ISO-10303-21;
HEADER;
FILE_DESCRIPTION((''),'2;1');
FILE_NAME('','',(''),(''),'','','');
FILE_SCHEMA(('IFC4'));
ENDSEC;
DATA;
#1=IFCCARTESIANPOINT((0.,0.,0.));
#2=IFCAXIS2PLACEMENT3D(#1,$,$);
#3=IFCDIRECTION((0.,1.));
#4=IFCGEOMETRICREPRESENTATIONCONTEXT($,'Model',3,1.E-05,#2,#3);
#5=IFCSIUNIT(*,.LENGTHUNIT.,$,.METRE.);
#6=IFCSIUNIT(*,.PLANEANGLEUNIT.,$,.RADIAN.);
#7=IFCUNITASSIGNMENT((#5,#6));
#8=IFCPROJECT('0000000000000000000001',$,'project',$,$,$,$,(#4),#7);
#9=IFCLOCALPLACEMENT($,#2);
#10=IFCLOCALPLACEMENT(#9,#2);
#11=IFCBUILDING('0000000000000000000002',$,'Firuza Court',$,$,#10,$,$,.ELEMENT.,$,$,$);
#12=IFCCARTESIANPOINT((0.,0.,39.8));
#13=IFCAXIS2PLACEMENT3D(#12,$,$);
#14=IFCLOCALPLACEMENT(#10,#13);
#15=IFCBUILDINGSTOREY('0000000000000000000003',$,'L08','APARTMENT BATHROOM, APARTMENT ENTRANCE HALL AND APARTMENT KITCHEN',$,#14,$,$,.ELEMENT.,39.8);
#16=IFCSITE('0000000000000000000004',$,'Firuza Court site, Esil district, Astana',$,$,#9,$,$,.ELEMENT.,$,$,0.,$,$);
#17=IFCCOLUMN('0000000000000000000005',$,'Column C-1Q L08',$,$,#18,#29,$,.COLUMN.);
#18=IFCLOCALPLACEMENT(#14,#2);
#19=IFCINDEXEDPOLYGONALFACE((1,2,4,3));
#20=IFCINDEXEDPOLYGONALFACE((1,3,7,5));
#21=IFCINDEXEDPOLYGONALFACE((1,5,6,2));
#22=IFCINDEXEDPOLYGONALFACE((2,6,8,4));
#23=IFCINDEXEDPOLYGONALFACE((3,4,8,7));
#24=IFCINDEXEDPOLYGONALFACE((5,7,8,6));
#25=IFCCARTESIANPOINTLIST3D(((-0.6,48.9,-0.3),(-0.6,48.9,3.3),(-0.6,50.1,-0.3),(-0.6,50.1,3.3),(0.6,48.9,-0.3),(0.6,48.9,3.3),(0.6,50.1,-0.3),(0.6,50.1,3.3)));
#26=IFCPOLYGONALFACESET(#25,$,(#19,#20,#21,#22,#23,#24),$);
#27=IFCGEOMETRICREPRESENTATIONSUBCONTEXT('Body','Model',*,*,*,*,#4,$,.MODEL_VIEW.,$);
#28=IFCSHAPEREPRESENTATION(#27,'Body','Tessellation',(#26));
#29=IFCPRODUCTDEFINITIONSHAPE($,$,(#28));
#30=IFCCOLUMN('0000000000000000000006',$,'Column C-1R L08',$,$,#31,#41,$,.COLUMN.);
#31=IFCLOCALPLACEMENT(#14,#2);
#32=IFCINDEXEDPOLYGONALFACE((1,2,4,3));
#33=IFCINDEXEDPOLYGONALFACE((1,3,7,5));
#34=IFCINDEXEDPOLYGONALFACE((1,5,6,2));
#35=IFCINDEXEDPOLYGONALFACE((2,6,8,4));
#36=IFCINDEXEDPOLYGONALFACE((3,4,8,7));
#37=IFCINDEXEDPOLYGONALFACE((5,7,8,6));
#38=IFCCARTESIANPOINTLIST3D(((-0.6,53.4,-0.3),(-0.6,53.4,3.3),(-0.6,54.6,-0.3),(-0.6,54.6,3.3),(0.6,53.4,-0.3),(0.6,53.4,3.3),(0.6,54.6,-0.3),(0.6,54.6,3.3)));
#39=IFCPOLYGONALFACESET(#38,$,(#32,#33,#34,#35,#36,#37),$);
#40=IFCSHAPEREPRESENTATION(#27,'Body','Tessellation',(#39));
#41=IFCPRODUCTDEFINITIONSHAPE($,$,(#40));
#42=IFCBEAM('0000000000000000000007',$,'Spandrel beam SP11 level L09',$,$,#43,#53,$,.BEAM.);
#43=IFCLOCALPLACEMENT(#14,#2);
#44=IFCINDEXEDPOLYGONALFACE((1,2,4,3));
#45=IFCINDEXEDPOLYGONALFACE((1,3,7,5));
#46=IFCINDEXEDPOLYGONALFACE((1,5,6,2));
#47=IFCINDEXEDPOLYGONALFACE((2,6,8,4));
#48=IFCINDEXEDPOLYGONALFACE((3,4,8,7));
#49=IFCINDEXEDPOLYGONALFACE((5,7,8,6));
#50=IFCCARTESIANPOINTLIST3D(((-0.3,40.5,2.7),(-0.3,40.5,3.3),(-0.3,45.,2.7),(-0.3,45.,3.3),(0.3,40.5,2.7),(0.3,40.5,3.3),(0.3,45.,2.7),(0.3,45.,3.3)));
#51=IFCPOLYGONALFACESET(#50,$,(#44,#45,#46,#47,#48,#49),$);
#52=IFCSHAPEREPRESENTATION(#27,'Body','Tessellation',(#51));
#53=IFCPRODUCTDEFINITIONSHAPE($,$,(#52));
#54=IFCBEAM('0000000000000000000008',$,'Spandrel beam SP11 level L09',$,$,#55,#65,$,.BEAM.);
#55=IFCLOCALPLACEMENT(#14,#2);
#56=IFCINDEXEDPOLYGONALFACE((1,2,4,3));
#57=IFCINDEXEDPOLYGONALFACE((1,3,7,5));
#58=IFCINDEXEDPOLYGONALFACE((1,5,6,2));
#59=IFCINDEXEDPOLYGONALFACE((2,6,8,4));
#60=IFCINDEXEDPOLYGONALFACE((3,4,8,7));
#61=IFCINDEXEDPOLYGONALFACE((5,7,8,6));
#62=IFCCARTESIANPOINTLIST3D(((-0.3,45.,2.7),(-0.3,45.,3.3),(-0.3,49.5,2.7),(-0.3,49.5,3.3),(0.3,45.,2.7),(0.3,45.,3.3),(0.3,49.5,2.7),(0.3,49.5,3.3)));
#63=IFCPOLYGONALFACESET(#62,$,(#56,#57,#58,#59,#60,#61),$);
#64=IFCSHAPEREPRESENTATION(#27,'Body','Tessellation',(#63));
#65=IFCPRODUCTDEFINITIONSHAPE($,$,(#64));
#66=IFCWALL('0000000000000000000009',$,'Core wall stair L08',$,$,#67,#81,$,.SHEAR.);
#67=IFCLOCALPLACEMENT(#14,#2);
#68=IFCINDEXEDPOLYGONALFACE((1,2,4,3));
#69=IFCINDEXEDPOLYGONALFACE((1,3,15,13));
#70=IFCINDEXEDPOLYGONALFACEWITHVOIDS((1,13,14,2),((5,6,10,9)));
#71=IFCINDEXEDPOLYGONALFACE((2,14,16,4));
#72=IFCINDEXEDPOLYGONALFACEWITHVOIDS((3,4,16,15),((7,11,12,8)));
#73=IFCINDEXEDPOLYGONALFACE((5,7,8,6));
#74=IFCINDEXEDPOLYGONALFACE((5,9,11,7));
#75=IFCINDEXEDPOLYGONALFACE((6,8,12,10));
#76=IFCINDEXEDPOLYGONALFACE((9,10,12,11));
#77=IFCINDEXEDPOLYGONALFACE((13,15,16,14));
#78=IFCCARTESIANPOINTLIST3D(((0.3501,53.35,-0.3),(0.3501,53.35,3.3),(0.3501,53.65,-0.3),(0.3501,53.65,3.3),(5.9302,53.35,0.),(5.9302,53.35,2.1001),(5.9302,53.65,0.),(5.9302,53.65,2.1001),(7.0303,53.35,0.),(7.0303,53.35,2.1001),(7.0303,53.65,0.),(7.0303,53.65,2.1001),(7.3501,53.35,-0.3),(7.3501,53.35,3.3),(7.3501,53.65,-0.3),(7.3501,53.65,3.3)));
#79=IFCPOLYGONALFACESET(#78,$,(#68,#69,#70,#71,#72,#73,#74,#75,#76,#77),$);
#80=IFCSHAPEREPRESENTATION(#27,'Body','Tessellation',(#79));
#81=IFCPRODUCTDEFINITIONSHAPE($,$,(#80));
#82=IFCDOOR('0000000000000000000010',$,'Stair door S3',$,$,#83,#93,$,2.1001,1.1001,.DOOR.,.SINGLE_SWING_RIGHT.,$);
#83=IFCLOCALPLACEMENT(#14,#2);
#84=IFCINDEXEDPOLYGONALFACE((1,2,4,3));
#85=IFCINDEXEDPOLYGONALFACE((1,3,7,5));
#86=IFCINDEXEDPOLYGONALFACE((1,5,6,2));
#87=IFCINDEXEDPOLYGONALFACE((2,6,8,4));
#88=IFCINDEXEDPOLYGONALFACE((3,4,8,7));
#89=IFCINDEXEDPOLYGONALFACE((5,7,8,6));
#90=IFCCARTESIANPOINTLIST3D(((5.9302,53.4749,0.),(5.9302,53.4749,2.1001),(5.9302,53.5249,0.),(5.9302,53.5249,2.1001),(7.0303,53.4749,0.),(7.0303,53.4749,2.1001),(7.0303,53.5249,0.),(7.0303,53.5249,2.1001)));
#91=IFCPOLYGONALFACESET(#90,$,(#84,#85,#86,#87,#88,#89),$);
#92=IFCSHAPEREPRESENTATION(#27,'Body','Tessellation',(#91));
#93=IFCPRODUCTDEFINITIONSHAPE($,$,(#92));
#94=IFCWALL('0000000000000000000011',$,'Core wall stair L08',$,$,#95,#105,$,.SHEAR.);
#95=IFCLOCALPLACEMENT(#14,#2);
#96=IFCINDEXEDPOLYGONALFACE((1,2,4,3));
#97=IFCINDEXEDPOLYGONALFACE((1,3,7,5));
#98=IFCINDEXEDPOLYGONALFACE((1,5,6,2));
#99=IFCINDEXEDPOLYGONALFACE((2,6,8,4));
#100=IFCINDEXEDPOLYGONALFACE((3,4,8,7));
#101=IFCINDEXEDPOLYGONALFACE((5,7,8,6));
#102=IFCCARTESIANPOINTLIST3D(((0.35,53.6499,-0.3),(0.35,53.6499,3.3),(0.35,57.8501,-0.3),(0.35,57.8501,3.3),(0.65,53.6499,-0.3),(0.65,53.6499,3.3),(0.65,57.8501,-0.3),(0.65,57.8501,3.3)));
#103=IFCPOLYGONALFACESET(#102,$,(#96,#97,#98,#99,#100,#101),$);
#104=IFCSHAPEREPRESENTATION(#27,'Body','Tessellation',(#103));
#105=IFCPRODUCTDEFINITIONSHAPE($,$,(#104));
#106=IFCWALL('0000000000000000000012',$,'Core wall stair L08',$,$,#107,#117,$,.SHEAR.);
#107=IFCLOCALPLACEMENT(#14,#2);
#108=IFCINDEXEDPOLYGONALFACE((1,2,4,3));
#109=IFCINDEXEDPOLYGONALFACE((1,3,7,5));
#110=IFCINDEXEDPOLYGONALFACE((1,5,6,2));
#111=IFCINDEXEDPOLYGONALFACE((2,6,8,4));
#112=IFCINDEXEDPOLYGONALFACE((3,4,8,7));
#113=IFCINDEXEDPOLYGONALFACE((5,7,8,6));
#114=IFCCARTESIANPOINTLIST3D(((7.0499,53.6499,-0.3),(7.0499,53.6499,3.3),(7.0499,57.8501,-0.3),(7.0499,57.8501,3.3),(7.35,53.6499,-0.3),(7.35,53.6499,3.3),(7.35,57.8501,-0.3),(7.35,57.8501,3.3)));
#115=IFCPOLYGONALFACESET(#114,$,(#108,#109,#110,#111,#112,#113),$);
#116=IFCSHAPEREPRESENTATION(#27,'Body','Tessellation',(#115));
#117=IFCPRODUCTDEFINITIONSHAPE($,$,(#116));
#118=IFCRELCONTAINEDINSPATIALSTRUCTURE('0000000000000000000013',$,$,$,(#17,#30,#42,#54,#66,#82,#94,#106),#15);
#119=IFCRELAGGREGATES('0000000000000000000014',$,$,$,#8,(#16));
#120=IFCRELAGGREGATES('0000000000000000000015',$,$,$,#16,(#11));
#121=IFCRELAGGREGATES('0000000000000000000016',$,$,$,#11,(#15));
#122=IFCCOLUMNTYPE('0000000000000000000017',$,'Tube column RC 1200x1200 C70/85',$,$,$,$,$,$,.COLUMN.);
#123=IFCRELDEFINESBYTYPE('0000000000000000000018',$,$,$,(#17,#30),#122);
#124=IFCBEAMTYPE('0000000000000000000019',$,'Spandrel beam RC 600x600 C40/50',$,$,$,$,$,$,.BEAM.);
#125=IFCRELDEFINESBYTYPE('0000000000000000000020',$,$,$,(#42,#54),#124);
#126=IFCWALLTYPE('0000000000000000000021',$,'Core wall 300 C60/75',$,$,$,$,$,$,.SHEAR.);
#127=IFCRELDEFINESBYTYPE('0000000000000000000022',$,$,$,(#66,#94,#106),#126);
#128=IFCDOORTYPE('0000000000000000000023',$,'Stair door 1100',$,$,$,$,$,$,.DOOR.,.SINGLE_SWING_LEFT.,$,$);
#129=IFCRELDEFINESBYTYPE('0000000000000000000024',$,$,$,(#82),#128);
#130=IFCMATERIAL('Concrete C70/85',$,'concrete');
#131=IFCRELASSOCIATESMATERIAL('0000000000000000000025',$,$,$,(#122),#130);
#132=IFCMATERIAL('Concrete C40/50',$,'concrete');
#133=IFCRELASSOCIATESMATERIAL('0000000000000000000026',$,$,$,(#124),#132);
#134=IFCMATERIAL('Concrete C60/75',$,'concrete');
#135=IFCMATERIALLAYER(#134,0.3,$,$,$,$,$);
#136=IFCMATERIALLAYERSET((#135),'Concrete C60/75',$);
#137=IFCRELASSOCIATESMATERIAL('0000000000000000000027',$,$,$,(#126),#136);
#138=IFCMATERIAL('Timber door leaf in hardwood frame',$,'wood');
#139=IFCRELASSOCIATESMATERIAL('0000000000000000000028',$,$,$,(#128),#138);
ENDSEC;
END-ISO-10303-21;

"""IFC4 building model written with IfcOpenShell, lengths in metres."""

from ifc_helpers import new_model, si_unit, direction, frame, frame_2d, origin, origin_2d, place, context, subcontext, project, spatial, rectangle, extrude, material, layer, layer_set, material_profile, profile_set, type_object, element, fill, save


model = new_model("IFC4")

# Units and contexts
model_context = context("Model", 3, precision=1e-05, world=origin(), true_north=direction((0.0, 1.0)))
body_context = subcontext(model_context, "Body", "Model", "MODEL_VIEW")
ifc_project = project(units=[si_unit("LENGTHUNIT", "METRE"), si_unit("PLANEANGLEUNIT", "RADIAN")], contexts=[model_context])

# Site, building, storey
site_placement = place(None, origin())
site = spatial("IfcSite", under=ifc_project, at=site_placement, Name="Firuza Court site, Esil district, Astana", CompositionType="ELEMENT", RefElevation=0.0)
building_placement = place(site_placement, origin())
building = spatial("IfcBuilding", under=site, at=building_placement, Name="Firuza Court", CompositionType="ELEMENT")
storey_placement = place(building_placement, frame((0.0, 0.0, 39.8)))
storey = spatial("IfcBuildingStorey", under=building, at=storey_placement, Name="L08", Description="APARTMENT BATHROOM, APARTMENT ENTRANCE HALL AND APARTMENT KITCHEN", CompositionType="ELEMENT", Elevation=39.8)

# Columns
ifc_material_1 = material(Name="Concrete C70/85", Category="concrete")
ifc_material_profile_1 = material_profile(ifc_material_1, rectangle(XDim=1.2, YDim=1.2, at=origin_2d()), Name="RC 1200x1200")
ifc_profile_set_1 = profile_set([ifc_material_profile_1], Name="Concrete C70/85")
column_type = type_object("IfcColumnType", Name="Tube column RC 1200x1200 C70/85", PredefinedType="COLUMN", material=ifc_profile_set_1)
for number, where, z_axis, x_axis, name in (
    (1, (0.0, 49.5, -0.3), (0.0, 0.0, 1.0), (1.0, 0.0, 0.0), "Column C-1Q L08"),
    (2, (0.0, 54.0, -0.3), (0.0, 0.0, 1.0), (1.0, 0.0, 0.0), "Column C-1R L08"),
):
    element("IfcColumn", number, at=place(storey_placement, frame(where, z_axis=z_axis, x_axis=x_axis)), inside=storey, type_object=column_type, Name=name, PredefinedType="COLUMN", context=body_context, shape_type="SweptSolid", body=[
        extrude(rectangle(XDim=1.2, YDim=1.2, at=origin_2d()), origin(), (0.0, 0.0, 1.0), 3.6001),
    ])

# Beams
ifc_material_2 = material(Name="Concrete C40/50", Category="concrete")
ifc_material_profile_2 = material_profile(ifc_material_2, rectangle(XDim=0.6001, YDim=0.6001, at=origin_2d()), Name="RC 600x600")
ifc_profile_set_2 = profile_set([ifc_material_profile_2], Name="Concrete C40/50")
beam_type = type_object("IfcBeamType", Name="Spandrel beam RC 600x600 C40/50", PredefinedType="BEAM", material=ifc_profile_set_2)
for number, where, z_axis, x_axis, name in (
    (3, (0.0, 45.0, 3.0), (0.0, -1.0, 0.0), (1.0, 0.0, 0.0), "Spandrel beam SP11 level L09"),
    (4, (0.0, 49.5, 3.0), (0.0, -1.0, 0.0), (1.0, 0.0, 0.0), "Spandrel beam SP11 level L09"),
):
    element("IfcBeam", number, at=place(storey_placement, frame(where, z_axis=z_axis, x_axis=x_axis)), inside=storey, type_object=beam_type, Name=name, PredefinedType="BEAM", context=body_context, shape_type="SweptSolid", body=[
        extrude(rectangle(XDim=0.6001, YDim=0.6001, at=origin_2d()), origin(), (0.0, 0.0, 1.0), 4.5),
    ])

# Wall, opening, door
ifc_material_3 = material(Name="Concrete C60/75", Category="concrete")
ifc_layer_1 = layer(ifc_material_3, 0.3)
ifc_layer_set_1 = layer_set([ifc_layer_1], Name="Concrete C60/75")
wall_type_1 = type_object("IfcWallType", Name="Core wall 300 C60/75", PredefinedType="SHEAR", material=ifc_layer_set_1)
wall_1_placement = place(storey_placement, frame((0.3501, 53.5, -0.3), z_axis=(0.0, 0.0, 1.0), x_axis=(1.0, 0.0, 0.0)))
wall_1 = element("IfcWall", 5, at=wall_1_placement, inside=storey, type_object=wall_type_1, Name="Core wall stair L08", PredefinedType="SHEAR", context=body_context, shape_type="SweptSolid", body=[
    extrude(rectangle(XDim=7.0, YDim=0.3, at=frame_2d((3.5, 0.0))), origin(), (0.0, 0.0, 1.0), 3.6001),
])
opening_1_placement = place(wall_1_placement, frame((5.5801, 0.0, 0.3)))
opening_1 = element("IfcOpeningElement", 6, at=opening_1_placement, cuts=wall_1, PredefinedType="OPENING", context=body_context, shape_type="SweptSolid", body=[
    extrude(rectangle(XDim=1.1001, YDim=2.1001, at=frame_2d((0.55, 1.05))), frame((0.0, 0.1621, 0.0), z_axis=(0.0, -1.0, 0.0), x_axis=(1.0, 0.0, 0.0)), (0.0, 0.0, 1.0), 0.324),
])
ifc_material_4 = material(Name="Timber door leaf in hardwood frame", Category="wood")
door_type_1 = type_object("IfcDoorType", Name="Stair door 1100", OperationType="SINGLE_SWING_LEFT", PredefinedType="DOOR", material=ifc_material_4)
door_1_placement = place(opening_1_placement, origin())
door_1 = element("IfcDoor", 7, at=door_1_placement, inside=storey, type_object=door_type_1, Name="Stair door S3", OperationType="SINGLE_SWING_RIGHT", OverallHeight=2.1001, OverallWidth=1.1001, PredefinedType="DOOR", context=body_context, shape_type="SweptSolid", body=[
    extrude(rectangle(XDim=1.1001, YDim=2.1001, at=frame_2d((0.55, 1.05))), frame((0.0, 0.0249, 0.0), z_axis=(0.0, -1.0, 0.0), x_axis=(1.0, 0.0, 0.0)), (0.0, 0.0, 1.0), 0.05),
])
fill(opening_1, door_1)

# Walls
for number, where, z_axis, x_axis, name in (
    (8, (0.5, 53.6499, -0.3), (0.0, 0.0, 1.0), (0.0, 1.0, 0.0), "Core wall stair L08"),
    (9, (7.2, 53.6499, -0.3), (0.0, 0.0, 1.0), (0.0, 1.0, 0.0), "Core wall stair L08"),
):
    element("IfcWall", number, at=place(storey_placement, frame(where, z_axis=z_axis, x_axis=x_axis)), inside=storey, type_object=wall_type_1, Name=name, PredefinedType="SHEAR", context=body_context, shape_type="SweptSolid", body=[
        extrude(rectangle(XDim=4.2002, YDim=0.3, at=frame_2d((2.1001, 0.0))), origin(), (0.0, 0.0, 1.0), 3.6001),
    ])

save(model, "model.ifc")
